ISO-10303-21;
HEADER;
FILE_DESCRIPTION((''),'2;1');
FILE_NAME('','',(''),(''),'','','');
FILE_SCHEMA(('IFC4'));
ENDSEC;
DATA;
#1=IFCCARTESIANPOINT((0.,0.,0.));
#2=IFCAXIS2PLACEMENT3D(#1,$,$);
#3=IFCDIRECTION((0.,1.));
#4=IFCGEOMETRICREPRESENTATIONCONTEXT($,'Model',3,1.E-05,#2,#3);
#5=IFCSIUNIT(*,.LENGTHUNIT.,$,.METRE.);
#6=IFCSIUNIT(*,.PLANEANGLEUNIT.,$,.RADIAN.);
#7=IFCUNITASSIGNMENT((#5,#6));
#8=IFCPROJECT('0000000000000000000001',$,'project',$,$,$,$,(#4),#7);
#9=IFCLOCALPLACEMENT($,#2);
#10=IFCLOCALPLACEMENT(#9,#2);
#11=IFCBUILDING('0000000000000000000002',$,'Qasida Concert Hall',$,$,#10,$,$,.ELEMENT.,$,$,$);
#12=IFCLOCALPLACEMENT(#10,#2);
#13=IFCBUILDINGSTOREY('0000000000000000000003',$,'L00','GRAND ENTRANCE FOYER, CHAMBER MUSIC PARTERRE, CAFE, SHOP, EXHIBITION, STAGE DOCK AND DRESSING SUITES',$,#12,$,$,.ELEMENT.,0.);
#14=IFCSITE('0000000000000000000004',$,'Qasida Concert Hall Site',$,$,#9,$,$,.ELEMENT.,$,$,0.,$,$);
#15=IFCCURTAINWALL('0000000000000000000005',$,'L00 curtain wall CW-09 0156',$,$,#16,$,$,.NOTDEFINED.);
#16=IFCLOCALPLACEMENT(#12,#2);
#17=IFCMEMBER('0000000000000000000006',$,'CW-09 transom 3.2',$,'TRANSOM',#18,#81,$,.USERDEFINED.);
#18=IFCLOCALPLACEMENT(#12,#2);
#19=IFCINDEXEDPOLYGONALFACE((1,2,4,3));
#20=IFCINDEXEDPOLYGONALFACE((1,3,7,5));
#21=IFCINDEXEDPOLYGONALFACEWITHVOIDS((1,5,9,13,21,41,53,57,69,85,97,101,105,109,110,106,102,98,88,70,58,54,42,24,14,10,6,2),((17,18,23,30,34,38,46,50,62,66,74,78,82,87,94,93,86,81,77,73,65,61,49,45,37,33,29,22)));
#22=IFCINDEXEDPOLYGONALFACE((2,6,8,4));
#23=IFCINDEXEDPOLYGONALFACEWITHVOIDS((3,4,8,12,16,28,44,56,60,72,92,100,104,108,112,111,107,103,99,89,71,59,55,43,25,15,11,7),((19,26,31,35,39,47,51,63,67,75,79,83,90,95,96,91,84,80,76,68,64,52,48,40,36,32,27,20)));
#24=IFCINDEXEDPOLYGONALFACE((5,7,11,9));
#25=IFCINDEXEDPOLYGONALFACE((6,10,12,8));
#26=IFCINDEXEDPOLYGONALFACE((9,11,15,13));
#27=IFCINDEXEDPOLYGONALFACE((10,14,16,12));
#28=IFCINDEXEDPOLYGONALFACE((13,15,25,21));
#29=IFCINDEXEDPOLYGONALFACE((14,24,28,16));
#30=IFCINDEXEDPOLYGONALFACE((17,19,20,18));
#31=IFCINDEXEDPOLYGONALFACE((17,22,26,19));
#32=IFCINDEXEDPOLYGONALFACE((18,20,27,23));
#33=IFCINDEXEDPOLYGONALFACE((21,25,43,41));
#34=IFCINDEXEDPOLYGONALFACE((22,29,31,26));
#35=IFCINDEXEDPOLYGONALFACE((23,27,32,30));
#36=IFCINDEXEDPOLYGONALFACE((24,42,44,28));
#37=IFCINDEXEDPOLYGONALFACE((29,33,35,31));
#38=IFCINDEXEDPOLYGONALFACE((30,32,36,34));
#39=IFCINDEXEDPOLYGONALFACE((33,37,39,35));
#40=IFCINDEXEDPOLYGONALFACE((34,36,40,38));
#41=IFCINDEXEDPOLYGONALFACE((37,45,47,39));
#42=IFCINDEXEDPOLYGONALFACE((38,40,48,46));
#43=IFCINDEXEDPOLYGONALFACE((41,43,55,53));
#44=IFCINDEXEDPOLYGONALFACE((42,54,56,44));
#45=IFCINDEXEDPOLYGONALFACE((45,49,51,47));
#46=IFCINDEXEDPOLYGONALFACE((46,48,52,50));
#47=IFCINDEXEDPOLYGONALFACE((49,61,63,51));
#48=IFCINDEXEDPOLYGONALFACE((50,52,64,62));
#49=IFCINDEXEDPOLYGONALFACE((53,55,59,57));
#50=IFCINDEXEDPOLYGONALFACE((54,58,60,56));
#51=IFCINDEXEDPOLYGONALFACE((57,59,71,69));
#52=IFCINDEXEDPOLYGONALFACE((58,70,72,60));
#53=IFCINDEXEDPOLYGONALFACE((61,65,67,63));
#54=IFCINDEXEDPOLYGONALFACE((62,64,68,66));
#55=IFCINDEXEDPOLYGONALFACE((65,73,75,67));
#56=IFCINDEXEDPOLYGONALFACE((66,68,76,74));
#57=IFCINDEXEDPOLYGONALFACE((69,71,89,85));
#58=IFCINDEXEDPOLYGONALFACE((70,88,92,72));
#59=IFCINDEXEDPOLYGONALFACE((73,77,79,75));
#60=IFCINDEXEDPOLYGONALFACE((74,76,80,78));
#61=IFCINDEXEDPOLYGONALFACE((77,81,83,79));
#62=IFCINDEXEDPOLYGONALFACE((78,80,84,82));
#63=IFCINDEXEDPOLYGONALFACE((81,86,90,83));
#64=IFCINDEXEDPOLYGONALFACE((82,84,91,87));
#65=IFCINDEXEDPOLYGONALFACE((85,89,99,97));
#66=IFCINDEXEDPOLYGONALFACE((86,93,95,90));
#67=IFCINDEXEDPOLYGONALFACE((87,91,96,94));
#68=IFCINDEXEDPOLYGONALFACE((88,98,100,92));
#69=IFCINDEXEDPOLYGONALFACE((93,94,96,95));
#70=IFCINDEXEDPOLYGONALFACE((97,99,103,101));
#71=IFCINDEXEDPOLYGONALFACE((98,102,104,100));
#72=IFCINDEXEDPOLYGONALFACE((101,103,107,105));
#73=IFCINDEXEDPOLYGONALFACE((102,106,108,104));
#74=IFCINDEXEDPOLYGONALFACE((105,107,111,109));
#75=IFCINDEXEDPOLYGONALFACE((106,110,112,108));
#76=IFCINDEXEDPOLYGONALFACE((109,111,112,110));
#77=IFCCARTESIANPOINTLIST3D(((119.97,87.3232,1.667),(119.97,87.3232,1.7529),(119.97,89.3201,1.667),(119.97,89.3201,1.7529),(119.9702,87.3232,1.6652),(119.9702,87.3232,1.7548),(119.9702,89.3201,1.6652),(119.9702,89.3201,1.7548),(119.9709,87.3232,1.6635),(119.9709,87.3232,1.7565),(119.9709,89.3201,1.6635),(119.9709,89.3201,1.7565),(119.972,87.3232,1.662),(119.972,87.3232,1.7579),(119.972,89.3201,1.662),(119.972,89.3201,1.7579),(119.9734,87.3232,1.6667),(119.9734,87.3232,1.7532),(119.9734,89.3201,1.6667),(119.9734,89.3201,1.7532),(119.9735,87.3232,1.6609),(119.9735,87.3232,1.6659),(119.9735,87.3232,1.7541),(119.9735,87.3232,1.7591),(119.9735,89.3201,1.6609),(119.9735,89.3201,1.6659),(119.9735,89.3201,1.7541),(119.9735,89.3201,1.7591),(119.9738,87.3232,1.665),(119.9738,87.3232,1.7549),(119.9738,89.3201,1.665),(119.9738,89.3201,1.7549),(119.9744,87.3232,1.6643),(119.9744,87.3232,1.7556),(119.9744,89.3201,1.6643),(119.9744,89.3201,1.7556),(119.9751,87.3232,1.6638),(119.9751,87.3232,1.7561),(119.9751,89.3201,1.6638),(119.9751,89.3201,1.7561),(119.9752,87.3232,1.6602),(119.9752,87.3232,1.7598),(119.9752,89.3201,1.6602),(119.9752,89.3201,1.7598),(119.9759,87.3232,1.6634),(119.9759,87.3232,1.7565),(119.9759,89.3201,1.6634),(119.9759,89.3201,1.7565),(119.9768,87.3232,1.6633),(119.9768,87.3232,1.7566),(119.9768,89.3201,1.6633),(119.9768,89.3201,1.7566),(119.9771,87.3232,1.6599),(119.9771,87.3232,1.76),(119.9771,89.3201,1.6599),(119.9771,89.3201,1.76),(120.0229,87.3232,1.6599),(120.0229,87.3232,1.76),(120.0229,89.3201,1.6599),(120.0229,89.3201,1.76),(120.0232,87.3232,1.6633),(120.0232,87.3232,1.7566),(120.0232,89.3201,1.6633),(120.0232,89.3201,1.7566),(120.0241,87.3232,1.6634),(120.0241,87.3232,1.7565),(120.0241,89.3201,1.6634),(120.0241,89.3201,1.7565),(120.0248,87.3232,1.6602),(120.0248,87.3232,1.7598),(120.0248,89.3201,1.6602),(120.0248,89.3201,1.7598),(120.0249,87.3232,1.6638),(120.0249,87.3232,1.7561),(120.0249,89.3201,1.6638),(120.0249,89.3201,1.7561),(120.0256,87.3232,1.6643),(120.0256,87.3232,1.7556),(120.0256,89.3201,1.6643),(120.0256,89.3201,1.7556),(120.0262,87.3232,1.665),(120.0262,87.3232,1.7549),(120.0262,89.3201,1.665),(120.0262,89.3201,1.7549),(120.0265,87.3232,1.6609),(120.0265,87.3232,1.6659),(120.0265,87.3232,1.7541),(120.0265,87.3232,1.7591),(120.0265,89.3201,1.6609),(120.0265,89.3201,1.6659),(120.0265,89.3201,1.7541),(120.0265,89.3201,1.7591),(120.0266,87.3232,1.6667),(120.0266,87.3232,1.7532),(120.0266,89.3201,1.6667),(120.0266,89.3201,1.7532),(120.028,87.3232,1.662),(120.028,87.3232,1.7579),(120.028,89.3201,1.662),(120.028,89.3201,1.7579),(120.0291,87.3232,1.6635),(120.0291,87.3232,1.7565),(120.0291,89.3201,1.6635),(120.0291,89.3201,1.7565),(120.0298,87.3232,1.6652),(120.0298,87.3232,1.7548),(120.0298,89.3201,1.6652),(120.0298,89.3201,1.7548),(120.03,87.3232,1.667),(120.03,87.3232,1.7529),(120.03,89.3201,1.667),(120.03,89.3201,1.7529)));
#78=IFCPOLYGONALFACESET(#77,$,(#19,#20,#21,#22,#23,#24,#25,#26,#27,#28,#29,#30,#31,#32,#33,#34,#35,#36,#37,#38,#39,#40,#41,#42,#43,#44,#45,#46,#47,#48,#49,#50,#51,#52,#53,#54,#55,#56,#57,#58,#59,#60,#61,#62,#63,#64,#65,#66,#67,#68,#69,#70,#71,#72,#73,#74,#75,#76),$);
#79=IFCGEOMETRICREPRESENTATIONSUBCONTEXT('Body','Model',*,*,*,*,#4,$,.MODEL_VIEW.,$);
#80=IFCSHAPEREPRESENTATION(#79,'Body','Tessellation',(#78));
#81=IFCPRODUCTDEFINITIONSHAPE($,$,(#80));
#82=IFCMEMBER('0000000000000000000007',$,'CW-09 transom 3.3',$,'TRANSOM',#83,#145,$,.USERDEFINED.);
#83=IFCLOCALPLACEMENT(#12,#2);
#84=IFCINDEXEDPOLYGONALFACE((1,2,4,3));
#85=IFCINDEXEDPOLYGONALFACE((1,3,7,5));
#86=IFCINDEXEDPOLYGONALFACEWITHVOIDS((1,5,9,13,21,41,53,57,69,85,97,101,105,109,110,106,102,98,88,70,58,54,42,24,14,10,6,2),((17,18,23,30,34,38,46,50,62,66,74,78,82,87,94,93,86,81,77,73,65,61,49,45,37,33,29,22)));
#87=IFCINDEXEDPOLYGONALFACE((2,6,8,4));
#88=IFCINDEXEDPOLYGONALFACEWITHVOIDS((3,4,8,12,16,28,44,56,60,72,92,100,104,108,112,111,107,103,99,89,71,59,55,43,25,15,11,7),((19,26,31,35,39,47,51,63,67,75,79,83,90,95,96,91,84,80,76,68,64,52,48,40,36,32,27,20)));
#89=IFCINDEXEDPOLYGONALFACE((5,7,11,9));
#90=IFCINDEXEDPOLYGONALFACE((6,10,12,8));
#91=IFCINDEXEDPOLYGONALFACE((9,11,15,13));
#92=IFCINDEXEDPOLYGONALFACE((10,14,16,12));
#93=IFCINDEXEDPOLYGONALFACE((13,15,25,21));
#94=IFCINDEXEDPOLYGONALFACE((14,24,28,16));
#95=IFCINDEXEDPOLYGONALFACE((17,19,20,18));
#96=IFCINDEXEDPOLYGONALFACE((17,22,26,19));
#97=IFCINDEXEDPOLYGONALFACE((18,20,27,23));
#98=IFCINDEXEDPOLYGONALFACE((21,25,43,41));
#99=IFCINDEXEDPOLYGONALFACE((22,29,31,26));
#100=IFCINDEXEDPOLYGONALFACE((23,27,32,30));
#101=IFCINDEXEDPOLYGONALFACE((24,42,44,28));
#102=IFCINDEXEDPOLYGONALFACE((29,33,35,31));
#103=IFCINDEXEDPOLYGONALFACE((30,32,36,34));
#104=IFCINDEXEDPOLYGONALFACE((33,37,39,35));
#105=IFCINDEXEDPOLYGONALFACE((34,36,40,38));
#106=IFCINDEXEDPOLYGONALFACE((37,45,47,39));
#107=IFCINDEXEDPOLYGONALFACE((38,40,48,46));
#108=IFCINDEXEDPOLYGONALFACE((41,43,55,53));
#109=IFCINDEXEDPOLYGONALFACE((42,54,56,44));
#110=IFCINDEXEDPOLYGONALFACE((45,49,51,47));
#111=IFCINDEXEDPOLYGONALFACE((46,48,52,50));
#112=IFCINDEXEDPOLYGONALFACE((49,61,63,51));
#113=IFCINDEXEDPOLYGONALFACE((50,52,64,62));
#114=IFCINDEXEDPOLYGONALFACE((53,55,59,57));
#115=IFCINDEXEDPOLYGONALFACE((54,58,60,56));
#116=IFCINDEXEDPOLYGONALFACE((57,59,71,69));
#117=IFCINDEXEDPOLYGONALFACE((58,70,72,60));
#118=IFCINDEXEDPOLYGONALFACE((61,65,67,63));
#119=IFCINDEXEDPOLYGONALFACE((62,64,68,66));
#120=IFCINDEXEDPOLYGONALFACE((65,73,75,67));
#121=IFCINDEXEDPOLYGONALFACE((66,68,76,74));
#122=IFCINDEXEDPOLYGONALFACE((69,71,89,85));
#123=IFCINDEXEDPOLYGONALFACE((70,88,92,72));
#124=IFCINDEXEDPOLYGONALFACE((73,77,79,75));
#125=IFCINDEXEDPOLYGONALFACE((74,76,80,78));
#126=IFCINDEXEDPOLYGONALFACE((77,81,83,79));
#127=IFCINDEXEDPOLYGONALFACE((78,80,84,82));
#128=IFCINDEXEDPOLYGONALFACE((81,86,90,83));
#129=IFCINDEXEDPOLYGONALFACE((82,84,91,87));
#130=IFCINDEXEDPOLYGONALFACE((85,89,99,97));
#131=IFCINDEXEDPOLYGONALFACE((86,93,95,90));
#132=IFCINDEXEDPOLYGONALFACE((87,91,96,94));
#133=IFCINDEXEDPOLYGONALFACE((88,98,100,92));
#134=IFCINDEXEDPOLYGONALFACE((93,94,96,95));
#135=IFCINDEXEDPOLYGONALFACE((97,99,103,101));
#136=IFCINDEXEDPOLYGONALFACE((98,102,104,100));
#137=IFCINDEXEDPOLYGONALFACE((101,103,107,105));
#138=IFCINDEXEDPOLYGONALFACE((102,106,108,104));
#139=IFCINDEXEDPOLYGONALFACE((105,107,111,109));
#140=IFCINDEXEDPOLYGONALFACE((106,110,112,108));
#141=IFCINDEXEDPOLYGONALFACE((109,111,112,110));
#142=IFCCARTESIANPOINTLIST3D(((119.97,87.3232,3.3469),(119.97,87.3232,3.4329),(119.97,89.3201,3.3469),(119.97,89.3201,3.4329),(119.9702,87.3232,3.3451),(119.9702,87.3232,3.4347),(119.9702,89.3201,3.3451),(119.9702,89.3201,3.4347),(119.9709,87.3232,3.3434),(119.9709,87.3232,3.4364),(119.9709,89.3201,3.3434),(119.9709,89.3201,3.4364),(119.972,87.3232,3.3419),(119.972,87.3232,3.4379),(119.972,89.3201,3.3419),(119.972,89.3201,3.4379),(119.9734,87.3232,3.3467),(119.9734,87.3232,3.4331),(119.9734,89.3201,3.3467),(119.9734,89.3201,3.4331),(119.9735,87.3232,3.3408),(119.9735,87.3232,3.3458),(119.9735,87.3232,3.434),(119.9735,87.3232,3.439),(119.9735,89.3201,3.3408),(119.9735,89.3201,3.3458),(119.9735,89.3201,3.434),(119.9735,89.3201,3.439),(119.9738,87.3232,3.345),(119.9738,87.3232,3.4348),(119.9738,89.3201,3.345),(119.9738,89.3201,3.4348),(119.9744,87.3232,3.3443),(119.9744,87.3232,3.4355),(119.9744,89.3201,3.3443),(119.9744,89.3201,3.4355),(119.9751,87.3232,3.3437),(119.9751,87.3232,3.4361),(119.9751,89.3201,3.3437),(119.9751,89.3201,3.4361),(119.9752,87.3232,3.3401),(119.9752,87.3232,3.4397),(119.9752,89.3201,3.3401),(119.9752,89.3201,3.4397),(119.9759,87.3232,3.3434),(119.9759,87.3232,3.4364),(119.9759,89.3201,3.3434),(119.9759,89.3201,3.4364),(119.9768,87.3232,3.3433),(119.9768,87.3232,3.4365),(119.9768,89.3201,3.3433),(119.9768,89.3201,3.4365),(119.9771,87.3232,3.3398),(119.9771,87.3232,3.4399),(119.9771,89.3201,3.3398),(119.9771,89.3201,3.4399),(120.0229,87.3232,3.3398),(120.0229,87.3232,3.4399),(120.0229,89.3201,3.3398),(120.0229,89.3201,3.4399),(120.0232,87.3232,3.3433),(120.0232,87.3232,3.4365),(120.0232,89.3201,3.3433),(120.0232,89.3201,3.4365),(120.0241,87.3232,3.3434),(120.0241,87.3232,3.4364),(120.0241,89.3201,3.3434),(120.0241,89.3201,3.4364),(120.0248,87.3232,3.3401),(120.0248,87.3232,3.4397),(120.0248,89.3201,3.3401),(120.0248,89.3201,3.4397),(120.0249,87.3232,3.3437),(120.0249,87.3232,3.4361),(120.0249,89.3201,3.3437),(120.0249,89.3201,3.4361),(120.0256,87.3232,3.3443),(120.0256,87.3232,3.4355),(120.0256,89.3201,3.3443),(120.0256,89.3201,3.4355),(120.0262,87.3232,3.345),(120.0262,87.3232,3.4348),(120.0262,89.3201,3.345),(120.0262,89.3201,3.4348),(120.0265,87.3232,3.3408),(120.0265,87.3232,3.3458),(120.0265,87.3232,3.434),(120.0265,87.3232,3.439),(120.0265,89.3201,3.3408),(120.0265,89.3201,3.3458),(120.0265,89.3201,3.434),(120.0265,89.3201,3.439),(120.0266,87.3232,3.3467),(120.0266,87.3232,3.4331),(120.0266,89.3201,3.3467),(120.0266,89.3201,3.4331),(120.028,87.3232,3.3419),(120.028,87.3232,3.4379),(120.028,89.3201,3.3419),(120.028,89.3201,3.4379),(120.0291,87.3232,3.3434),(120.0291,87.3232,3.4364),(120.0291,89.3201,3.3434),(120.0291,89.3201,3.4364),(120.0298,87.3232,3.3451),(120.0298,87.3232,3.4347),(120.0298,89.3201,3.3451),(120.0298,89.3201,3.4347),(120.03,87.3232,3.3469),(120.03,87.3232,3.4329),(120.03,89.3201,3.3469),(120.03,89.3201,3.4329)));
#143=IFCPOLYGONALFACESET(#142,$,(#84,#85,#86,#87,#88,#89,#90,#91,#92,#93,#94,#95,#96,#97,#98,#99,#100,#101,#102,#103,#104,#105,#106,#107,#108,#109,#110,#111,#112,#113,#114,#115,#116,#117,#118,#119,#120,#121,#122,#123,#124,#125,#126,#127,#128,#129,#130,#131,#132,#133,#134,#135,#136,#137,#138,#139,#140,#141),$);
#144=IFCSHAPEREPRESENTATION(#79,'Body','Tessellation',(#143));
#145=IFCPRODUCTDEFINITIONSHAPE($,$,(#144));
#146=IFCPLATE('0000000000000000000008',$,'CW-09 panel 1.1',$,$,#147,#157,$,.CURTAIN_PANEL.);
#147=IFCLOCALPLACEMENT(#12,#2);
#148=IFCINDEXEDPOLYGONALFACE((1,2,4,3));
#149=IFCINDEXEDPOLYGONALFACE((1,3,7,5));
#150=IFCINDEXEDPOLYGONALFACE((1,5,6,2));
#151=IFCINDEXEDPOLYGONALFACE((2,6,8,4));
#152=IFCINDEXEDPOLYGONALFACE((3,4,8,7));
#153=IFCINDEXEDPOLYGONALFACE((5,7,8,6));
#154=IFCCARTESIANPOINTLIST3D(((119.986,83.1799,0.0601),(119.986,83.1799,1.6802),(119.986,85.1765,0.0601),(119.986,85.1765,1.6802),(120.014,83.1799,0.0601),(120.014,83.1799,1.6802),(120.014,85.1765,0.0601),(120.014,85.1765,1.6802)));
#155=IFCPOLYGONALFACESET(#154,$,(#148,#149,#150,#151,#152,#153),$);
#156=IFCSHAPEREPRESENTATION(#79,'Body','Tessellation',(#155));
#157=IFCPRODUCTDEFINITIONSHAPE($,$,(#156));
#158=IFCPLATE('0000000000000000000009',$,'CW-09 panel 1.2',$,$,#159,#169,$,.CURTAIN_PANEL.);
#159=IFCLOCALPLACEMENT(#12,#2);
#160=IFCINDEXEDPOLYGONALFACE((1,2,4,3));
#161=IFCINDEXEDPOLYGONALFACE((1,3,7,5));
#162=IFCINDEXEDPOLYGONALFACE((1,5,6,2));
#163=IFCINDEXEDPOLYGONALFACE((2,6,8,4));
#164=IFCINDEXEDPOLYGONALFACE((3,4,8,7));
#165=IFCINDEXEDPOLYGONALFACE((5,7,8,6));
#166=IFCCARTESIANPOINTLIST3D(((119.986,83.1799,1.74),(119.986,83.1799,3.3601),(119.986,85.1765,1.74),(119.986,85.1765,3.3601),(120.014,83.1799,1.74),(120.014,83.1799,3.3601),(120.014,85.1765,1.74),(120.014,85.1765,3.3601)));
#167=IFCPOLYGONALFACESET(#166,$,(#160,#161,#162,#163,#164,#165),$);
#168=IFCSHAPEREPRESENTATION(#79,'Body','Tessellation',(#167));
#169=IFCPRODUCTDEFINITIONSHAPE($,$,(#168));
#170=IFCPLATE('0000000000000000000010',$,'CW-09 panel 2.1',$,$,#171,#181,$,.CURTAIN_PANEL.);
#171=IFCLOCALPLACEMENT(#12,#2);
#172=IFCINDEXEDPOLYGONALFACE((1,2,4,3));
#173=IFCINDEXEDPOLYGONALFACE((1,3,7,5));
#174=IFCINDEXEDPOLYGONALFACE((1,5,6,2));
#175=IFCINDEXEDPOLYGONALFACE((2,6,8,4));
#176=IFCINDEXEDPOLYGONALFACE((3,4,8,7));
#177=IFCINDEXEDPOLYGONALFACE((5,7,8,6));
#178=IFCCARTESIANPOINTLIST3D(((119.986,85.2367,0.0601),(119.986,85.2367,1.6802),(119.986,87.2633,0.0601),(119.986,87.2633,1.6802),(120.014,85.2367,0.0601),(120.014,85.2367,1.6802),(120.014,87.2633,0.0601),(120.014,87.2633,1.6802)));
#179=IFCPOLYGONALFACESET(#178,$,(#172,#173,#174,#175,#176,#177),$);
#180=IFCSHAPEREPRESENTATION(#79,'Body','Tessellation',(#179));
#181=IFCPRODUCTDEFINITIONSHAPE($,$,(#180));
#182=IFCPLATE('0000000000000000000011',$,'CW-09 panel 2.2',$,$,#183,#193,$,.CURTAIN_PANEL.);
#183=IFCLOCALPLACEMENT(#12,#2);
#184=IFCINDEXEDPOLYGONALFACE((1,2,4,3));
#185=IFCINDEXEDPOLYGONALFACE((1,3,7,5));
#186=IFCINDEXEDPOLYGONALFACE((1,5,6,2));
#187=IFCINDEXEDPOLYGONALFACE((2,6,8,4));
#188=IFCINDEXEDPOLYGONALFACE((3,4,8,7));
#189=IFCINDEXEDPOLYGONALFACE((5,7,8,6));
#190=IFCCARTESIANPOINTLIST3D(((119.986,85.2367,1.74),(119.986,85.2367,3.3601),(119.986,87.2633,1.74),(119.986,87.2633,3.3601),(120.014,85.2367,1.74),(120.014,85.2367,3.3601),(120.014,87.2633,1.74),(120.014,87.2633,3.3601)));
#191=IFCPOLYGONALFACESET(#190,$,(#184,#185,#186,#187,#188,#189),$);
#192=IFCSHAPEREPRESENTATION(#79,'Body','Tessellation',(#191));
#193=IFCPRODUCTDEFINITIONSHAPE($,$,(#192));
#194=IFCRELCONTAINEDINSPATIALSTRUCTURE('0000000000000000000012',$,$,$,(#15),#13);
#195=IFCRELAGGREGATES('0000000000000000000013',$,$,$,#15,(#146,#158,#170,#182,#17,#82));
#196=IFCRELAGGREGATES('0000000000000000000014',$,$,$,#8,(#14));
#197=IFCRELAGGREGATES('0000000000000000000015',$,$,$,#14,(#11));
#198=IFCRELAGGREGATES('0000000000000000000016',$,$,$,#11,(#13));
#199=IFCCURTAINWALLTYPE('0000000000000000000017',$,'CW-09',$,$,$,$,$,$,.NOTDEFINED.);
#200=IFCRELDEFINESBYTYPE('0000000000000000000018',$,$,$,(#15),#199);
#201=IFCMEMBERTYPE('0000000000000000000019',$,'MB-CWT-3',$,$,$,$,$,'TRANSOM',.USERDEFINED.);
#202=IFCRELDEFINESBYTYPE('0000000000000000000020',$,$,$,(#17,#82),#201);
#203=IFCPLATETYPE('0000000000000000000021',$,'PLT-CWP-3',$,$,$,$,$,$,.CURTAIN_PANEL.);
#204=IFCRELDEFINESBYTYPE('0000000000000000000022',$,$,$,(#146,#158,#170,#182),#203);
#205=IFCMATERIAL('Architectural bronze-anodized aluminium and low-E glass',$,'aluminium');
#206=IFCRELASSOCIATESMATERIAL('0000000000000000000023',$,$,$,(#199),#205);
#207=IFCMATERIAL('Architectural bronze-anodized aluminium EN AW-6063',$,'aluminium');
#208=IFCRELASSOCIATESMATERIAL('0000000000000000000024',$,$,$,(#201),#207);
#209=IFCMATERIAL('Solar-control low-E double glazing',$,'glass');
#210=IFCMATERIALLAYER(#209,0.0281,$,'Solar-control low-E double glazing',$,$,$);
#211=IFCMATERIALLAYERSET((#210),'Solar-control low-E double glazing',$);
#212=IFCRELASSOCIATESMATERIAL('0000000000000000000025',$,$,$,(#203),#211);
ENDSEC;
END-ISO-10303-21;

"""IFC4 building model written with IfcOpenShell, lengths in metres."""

from ifc_helpers import new_model, si_unit, direction, frame, origin, origin_2d, place, context, subcontext, project, spatial, rectangle, hollow_rectangle, extrude, material, layer, layer_set, material_profile, profile_set, type_object, element, aggregate, save


model = new_model("IFC4")

# Units and contexts
model_context = context("Model", 3, precision=1e-05, world=origin(), true_north=direction((0.0, 1.0)))
body_context = subcontext(model_context, "Body", "Model", "MODEL_VIEW")
ifc_project = project(units=[si_unit("LENGTHUNIT", "METRE"), si_unit("PLANEANGLEUNIT", "RADIAN")], contexts=[model_context])

# Site, building, storey
site_placement = place(None, origin())
site = spatial("IfcSite", under=ifc_project, at=site_placement, Name="Qasida Concert Hall Site", CompositionType="ELEMENT", RefElevation=0.0)
building_placement = place(site_placement, origin())
building = spatial("IfcBuilding", under=site, at=building_placement, Name="Qasida Concert Hall", CompositionType="ELEMENT")
storey_placement = place(building_placement, origin())
storey = spatial("IfcBuildingStorey", under=building, at=storey_placement, Name="L00", Description="GRAND ENTRANCE FOYER, CHAMBER MUSIC PARTERRE, CAFE, SHOP, EXHIBITION, STAGE DOCK AND DRESSING SUITES", CompositionType="ELEMENT", Elevation=0.0)

# Curtain wall, members, plates
ifc_material_1 = material(Name="Architectural bronze-anodized aluminium and low-E glass", Category="aluminium")
curtain_wall_type = type_object("IfcCurtainWallType", Name="CW-09", PredefinedType="NOTDEFINED", material=ifc_material_1)
curtain_wall_placement = place(storey_placement, origin())
curtain_wall = element("IfcCurtainWall", 1, at=curtain_wall_placement, inside=storey, type_object=curtain_wall_type, Name="L00 curtain wall CW-09 0156", PredefinedType="NOTDEFINED")
ifc_material_2 = material(Name="Architectural bronze-anodized aluminium EN AW-6063", Category="aluminium")
ifc_material_profile_1 = material_profile(ifc_material_2, hollow_rectangle(XDim=0.0601, YDim=0.1001, WallThickness=0.0034, InnerFilletRadius=0.0034, OuterFilletRadius=0.0071, at=origin_2d()), Name="CWT 100x60x3.5")
ifc_profile_set_1 = profile_set([ifc_material_profile_1], Name="Architectural bronze-anodized aluminium EN AW-6063")
member_type_1 = type_object("IfcMemberType", Name="MB-CWT-3", ElementType="TRANSOM", PredefinedType="USERDEFINED", material=ifc_profile_set_1)
member_1_placement = place(storey_placement, frame((120.0, 87.3232, 1.71), z_axis=(0.0, 1.0, 0.0), x_axis=(-1.0, 0.0, 0.0)))
member_1 = element("IfcMember", 2, at=member_1_placement, type_object=member_type_1, Name="CW-09 transom 3.2", ObjectType="TRANSOM", PredefinedType="USERDEFINED", context=body_context, shape_type="SweptSolid", body=[
    extrude(hollow_rectangle(XDim=0.0601, YDim=0.1001, WallThickness=0.0034, InnerFilletRadius=0.0034, OuterFilletRadius=0.0071, at=origin_2d()), origin(), (0.0, 0.0, 1.0), 1.9968),
])
member_2_placement = place(storey_placement, frame((120.0, 87.3232, 3.3899), z_axis=(0.0, 1.0, 0.0), x_axis=(-1.0, 0.0, 0.0)))
member_2 = element("IfcMember", 3, at=member_2_placement, type_object=member_type_1, Name="CW-09 transom 3.3", ObjectType="TRANSOM", PredefinedType="USERDEFINED", context=body_context, shape_type="SweptSolid", body=[
    extrude(hollow_rectangle(XDim=0.0601, YDim=0.1001, WallThickness=0.0034, InnerFilletRadius=0.0034, OuterFilletRadius=0.0071, at=origin_2d()), origin(), (0.0, 0.0, 1.0), 1.9968),
])
ifc_material_3 = material(Name="Solar-control low-E double glazing", Category="glass")
ifc_layer = layer(ifc_material_3, 0.0281, Name="Solar-control low-E double glazing")
ifc_layer_set = layer_set([ifc_layer], Name="Solar-control low-E double glazing")
plate_type = type_object("IfcPlateType", Name="PLT-CWP-3", PredefinedType="CURTAIN_PANEL", material=ifc_layer_set)
plate_1_placement = place(storey_placement, frame((120.0, 84.1782, 0.0601), z_axis=(0.0, 0.0, 1.0), x_axis=(0.0, 1.0, 0.0)))
plate_1 = element("IfcPlate", 4, at=plate_1_placement, type_object=plate_type, Name="CW-09 panel 1.1", PredefinedType="CURTAIN_PANEL", context=body_context, shape_type="SweptSolid", body=[
    extrude(rectangle(XDim=1.9966, YDim=0.0281, at=origin_2d()), origin(), (0.0, 0.0, 1.0), 1.6201),
])
plate_2_placement = place(storey_placement, frame((120.0, 84.1782, 1.74), z_axis=(0.0, 0.0, 1.0), x_axis=(0.0, 1.0, 0.0)))
plate_2 = element("IfcPlate", 5, at=plate_2_placement, type_object=plate_type, Name="CW-09 panel 1.2", PredefinedType="CURTAIN_PANEL", context=body_context, shape_type="SweptSolid", body=[
    extrude(rectangle(XDim=1.9966, YDim=0.0281, at=origin_2d()), origin(), (0.0, 0.0, 1.0), 1.6201),
])
plate_3_placement = place(storey_placement, frame((120.0, 86.25, 0.0601), z_axis=(0.0, 0.0, 1.0), x_axis=(0.0, 1.0, 0.0)))
plate_3 = element("IfcPlate", 6, at=plate_3_placement, type_object=plate_type, Name="CW-09 panel 2.1", PredefinedType="CURTAIN_PANEL", context=body_context, shape_type="SweptSolid", body=[
    extrude(rectangle(XDim=2.0266, YDim=0.0281, at=origin_2d()), origin(), (0.0, 0.0, 1.0), 1.6201),
])
plate_4_placement = place(storey_placement, frame((120.0, 86.25, 1.74), z_axis=(0.0, 0.0, 1.0), x_axis=(0.0, 1.0, 0.0)))
plate_4 = element("IfcPlate", 7, at=plate_4_placement, type_object=plate_type, Name="CW-09 panel 2.2", PredefinedType="CURTAIN_PANEL", context=body_context, shape_type="SweptSolid", body=[
    extrude(rectangle(XDim=2.0266, YDim=0.0281, at=origin_2d()), origin(), (0.0, 0.0, 1.0), 1.6201),
])
aggregate(curtain_wall, [plate_1, plate_2, plate_3, plate_4, member_1, member_2])

save(model, "model.ifc")
